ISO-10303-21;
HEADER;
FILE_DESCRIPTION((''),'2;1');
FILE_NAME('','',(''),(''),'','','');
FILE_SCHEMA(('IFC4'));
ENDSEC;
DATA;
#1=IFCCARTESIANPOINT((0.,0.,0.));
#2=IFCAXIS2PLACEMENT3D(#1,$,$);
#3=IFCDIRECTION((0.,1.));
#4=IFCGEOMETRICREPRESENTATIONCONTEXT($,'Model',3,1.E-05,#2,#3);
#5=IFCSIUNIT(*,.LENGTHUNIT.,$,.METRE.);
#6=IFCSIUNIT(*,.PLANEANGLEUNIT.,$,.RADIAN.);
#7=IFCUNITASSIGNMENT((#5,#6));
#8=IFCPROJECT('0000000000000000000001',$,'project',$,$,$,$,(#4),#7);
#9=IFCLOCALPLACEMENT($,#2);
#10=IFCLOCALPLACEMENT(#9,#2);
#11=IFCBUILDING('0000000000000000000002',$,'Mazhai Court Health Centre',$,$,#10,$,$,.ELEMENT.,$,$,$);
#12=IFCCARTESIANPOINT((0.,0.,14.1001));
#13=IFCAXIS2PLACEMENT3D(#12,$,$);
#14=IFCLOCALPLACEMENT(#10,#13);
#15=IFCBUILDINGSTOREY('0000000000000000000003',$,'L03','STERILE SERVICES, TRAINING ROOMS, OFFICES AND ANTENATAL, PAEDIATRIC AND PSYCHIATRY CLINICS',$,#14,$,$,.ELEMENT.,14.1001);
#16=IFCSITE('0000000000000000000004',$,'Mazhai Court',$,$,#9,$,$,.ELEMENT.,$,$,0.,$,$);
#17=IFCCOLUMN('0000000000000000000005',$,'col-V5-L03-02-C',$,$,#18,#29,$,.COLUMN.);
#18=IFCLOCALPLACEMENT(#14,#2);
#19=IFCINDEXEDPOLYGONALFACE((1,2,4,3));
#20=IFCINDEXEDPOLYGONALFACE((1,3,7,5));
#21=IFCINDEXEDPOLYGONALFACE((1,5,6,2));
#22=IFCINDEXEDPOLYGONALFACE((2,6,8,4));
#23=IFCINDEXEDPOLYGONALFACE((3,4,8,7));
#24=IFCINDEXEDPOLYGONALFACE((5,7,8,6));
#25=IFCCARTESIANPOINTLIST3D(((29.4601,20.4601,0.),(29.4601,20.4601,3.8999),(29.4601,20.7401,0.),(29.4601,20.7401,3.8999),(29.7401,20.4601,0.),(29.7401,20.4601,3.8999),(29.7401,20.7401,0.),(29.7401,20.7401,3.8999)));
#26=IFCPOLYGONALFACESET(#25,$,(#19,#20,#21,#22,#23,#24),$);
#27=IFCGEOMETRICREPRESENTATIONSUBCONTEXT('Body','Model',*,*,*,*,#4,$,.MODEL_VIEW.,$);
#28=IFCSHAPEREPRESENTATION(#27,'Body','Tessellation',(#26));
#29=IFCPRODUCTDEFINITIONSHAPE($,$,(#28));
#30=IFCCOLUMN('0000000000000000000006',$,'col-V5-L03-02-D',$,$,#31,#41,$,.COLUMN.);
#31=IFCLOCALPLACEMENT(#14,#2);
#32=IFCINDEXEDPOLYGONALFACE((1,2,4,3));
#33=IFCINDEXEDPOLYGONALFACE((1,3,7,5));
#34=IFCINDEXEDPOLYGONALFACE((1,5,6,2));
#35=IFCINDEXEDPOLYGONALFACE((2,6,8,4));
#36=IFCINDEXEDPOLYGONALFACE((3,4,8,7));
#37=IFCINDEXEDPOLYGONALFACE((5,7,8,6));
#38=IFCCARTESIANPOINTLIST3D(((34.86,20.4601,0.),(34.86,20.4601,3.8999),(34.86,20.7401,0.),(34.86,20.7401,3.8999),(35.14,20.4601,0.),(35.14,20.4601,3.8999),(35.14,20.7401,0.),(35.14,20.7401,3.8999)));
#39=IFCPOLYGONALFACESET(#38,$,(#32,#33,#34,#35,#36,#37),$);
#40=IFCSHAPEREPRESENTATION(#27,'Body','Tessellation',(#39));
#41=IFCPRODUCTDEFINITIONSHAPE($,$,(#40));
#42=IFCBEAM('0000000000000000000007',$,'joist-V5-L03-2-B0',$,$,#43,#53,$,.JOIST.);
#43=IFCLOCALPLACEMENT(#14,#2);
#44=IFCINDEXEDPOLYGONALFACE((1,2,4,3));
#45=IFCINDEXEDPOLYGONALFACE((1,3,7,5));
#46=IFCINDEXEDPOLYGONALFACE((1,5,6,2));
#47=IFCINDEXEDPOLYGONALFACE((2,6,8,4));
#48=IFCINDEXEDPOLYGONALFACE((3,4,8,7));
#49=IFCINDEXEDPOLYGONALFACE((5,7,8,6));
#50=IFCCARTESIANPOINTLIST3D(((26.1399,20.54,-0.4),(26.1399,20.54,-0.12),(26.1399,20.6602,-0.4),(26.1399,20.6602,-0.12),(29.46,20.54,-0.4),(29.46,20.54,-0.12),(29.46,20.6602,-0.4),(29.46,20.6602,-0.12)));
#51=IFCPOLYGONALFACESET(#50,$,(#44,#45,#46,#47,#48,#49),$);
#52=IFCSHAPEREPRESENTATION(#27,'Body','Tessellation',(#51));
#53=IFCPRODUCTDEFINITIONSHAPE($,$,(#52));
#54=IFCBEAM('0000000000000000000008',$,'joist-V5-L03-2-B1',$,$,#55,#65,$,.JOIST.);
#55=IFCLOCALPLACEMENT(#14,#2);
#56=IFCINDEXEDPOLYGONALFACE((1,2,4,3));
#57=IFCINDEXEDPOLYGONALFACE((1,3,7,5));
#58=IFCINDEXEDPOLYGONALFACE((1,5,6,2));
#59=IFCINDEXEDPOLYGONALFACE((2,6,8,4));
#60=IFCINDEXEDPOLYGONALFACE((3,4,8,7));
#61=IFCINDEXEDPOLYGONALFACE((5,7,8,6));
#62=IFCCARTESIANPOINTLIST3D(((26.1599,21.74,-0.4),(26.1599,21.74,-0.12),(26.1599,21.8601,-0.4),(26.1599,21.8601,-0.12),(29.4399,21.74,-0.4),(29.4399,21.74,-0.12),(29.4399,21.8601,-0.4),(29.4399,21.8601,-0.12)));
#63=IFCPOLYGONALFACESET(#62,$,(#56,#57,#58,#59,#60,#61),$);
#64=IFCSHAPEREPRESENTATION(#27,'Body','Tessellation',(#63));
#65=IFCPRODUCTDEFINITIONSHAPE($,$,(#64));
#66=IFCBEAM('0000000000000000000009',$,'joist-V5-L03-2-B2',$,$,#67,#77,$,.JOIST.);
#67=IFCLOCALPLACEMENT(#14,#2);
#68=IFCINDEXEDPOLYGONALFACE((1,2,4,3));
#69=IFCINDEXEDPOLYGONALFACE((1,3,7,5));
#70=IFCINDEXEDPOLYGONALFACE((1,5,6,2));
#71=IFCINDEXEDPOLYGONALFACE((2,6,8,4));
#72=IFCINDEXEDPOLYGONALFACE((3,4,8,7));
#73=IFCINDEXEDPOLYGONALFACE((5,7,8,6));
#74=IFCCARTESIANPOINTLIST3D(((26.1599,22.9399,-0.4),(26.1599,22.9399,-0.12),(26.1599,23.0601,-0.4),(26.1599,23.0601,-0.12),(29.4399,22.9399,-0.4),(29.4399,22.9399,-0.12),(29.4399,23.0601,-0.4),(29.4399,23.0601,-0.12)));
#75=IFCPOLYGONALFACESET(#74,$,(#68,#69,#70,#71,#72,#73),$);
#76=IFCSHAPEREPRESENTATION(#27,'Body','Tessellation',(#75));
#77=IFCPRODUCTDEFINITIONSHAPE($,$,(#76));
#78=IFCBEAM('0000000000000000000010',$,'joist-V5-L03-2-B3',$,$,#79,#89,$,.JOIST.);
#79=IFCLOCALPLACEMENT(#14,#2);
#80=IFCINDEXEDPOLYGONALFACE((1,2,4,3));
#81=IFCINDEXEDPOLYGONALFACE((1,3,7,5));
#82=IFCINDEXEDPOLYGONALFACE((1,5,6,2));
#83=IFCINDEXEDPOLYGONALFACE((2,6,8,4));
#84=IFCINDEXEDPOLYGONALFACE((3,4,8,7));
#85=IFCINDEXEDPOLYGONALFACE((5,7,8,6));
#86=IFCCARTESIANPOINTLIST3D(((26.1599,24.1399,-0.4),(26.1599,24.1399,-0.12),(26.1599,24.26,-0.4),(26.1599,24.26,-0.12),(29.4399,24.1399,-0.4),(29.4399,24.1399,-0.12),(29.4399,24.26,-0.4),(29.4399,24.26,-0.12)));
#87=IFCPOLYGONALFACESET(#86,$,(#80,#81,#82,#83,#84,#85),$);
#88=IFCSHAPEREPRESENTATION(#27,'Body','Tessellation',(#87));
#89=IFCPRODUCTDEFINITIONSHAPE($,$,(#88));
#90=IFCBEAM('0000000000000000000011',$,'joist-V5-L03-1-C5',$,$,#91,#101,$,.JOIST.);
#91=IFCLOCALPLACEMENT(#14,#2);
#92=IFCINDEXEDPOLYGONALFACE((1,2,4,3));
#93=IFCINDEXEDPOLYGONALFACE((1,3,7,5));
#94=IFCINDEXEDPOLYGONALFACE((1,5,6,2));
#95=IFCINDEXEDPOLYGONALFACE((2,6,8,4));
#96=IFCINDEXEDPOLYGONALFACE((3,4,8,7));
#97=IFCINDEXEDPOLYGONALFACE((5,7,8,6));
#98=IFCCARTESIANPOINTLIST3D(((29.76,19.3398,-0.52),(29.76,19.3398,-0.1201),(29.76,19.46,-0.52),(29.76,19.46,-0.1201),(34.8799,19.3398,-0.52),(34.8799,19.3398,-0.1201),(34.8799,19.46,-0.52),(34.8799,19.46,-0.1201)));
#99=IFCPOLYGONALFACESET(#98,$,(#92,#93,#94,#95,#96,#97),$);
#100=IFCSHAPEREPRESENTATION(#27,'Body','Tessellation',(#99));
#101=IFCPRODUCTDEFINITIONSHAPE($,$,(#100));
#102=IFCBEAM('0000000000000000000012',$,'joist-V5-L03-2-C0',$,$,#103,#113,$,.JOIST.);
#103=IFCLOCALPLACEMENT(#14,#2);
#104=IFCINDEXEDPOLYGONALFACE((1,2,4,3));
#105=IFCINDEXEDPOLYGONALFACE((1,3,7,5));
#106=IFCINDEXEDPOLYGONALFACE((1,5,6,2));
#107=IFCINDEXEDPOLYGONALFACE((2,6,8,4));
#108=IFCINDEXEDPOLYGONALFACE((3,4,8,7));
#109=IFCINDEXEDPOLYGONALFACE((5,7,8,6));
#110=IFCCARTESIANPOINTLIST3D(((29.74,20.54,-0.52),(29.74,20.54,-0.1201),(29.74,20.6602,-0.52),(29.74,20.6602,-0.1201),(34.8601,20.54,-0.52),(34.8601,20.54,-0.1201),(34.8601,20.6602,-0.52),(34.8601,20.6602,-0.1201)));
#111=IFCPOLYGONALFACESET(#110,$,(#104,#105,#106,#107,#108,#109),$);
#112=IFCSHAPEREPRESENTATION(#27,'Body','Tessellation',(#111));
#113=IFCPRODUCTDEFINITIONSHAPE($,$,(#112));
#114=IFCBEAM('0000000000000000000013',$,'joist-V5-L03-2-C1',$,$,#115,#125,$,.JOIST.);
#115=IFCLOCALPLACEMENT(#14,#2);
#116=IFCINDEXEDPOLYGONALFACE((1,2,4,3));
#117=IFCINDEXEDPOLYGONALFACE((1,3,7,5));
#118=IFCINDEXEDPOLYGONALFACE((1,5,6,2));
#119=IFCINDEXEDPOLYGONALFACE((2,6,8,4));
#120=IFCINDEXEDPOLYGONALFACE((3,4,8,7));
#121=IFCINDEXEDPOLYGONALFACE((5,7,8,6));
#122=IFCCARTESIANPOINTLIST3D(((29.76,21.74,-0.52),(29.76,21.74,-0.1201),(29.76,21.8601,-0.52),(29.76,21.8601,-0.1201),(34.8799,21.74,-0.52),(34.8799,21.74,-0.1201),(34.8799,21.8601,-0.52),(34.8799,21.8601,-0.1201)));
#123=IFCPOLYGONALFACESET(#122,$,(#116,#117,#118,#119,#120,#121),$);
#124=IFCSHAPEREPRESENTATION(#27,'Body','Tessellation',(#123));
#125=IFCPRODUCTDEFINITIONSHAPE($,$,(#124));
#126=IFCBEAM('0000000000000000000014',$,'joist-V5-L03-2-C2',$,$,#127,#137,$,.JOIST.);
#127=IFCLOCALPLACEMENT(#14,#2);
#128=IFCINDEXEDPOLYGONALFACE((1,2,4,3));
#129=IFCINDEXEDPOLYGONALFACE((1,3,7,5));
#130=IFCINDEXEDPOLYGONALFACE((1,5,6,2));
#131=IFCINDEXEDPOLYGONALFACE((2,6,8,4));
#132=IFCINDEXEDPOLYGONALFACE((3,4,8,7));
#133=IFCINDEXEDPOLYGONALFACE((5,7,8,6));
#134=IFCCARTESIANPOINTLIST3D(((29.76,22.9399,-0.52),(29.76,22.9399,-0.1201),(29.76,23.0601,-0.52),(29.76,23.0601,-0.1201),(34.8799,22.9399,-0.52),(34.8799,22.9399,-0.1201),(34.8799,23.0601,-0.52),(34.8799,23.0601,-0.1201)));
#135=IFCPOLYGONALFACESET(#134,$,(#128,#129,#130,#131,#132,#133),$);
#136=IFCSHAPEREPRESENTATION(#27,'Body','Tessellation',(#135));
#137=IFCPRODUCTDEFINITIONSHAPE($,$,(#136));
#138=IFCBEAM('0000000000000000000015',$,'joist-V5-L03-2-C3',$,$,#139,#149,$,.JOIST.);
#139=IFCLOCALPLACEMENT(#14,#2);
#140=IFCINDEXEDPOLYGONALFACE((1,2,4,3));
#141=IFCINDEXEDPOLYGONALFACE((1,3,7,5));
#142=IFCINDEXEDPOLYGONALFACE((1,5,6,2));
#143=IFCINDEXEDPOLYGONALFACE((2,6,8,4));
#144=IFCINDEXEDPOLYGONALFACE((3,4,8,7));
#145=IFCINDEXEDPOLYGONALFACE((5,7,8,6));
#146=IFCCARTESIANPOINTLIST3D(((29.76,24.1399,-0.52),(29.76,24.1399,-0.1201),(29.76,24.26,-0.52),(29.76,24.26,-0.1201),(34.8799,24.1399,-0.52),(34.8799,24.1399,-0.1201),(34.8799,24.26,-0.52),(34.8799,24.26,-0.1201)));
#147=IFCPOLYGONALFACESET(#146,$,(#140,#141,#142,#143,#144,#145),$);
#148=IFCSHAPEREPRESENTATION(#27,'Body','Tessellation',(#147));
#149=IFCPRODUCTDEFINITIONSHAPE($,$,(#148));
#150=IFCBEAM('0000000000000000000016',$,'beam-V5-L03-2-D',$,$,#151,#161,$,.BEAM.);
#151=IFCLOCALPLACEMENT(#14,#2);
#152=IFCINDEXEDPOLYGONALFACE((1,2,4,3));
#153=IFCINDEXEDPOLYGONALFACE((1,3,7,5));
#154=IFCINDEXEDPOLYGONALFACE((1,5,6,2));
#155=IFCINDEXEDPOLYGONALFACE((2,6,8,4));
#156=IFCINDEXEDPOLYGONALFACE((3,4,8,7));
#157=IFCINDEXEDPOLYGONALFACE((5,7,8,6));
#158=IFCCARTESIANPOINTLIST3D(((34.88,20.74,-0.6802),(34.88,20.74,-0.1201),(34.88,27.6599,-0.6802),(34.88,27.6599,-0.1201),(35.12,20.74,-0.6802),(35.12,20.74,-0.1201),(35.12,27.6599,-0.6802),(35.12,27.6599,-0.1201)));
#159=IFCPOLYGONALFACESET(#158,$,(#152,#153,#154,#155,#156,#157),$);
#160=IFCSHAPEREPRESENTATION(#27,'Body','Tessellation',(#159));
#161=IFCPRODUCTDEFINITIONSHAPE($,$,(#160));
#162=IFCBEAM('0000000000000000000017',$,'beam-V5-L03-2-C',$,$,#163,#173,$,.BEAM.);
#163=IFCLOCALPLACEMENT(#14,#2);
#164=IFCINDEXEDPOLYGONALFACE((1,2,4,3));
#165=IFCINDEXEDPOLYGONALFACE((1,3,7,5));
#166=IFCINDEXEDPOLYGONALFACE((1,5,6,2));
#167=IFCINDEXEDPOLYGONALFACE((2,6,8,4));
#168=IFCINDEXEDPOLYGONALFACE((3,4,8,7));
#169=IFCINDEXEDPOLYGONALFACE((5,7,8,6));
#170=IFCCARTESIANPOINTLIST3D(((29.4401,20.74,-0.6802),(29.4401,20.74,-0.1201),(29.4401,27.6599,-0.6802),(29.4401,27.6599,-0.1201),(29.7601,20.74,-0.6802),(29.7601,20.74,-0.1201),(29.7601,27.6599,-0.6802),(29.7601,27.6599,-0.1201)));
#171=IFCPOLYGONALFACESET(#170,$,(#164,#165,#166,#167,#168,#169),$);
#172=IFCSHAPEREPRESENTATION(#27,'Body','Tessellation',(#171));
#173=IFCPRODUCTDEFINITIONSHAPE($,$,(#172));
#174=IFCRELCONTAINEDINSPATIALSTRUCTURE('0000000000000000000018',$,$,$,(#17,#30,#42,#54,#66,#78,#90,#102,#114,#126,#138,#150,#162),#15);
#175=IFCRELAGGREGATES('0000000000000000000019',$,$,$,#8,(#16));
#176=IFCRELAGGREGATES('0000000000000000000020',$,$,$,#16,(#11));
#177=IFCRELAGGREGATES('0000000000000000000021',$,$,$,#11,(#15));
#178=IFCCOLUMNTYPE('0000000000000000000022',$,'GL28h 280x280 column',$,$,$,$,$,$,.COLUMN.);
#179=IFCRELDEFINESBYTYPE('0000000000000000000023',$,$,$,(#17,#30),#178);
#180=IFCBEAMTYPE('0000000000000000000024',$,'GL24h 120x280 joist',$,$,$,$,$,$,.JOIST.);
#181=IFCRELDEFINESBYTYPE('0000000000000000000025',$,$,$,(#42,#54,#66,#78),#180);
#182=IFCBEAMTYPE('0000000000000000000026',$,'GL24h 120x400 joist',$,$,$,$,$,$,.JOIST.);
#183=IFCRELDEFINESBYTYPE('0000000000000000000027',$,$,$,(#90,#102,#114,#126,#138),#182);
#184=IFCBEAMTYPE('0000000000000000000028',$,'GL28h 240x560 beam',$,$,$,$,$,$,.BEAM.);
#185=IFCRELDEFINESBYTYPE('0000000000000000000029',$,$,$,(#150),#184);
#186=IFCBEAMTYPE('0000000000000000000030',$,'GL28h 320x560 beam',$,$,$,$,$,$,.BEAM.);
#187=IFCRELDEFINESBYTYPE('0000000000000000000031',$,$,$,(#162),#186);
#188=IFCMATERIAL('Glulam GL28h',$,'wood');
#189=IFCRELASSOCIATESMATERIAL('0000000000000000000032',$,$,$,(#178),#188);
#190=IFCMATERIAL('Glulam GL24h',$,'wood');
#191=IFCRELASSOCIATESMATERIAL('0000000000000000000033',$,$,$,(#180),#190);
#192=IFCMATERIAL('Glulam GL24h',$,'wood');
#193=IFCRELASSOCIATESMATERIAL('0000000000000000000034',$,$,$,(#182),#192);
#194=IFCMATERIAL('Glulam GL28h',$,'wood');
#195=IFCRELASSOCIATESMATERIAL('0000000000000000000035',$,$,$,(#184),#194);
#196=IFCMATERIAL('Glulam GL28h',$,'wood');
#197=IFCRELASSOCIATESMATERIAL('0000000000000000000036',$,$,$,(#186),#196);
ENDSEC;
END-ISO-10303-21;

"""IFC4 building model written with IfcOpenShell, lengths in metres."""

from ifc_helpers import new_model, si_unit, direction, frame, origin, origin_2d, place, context, subcontext, project, spatial, rectangle, extrude, material, material_profile, profile_set, type_object, element, save


model = new_model("IFC4")

# Units and contexts
model_context = context("Model", 3, precision=1e-05, world=origin(), true_north=direction((0.0, 1.0)))
body_context = subcontext(model_context, "Body", "Model", "MODEL_VIEW")
ifc_project = project(units=[si_unit("LENGTHUNIT", "METRE"), si_unit("PLANEANGLEUNIT", "RADIAN")], contexts=[model_context])

# Site, building, storey
site_placement = place(None, origin())
site = spatial("IfcSite", under=ifc_project, at=site_placement, Name="Mazhai Court", CompositionType="ELEMENT", RefElevation=0.0)
building_placement = place(site_placement, origin())
building = spatial("IfcBuilding", under=site, at=building_placement, Name="Mazhai Court Health Centre", CompositionType="ELEMENT")
storey_placement = place(building_placement, frame((0.0, 0.0, 14.1001)))
storey = spatial("IfcBuildingStorey", under=building, at=storey_placement, Name="L03", Description="STERILE SERVICES, TRAINING ROOMS, OFFICES AND ANTENATAL, PAEDIATRIC AND PSYCHIATRY CLINICS", CompositionType="ELEMENT", Elevation=14.1001)

# Columns
ifc_material_1 = material(Name="Glulam GL28h", Category="wood")
ifc_material_profile_1 = material_profile(ifc_material_1, rectangle(XDim=0.28, YDim=0.28, at=origin_2d()), Name="GL28h 280x280")
ifc_profile_set_1 = profile_set([ifc_material_profile_1], Name="Glulam GL28h")
column_type = type_object("IfcColumnType", Name="GL28h 280x280 column", PredefinedType="COLUMN", material=ifc_profile_set_1)
for number, where, z_axis, x_axis, name in (
    (1, (29.6001, 20.6001, 0.0), (0.0, 0.0, 1.0), (1.0, 0.0, 0.0), "col-V5-L03-02-C"),
    (2, (35.0, 20.6001, 0.0), (0.0, 0.0, 1.0), (1.0, 0.0, 0.0), "col-V5-L03-02-D"),
):
    element("IfcColumn", number, at=place(storey_placement, frame(where, z_axis=z_axis, x_axis=x_axis)), inside=storey, type_object=column_type, Name=name, PredefinedType="COLUMN", context=body_context, shape_type="SweptSolid", body=[
        extrude(rectangle(XDim=0.28, YDim=0.28, at=origin_2d()), origin(), (0.0, 0.0, 1.0), 3.8999),
    ])

# Beams
ifc_material_2 = material(Name="Glulam GL24h", Category="wood")
ifc_material_profile_2 = material_profile(ifc_material_2, rectangle(XDim=0.1201, YDim=0.28, at=origin_2d()), Name="GL24h 120x280")
ifc_profile_set_2 = profile_set([ifc_material_profile_2], Name="Glulam GL24h")
beam_type_1 = type_object("IfcBeamType", Name="GL24h 120x280 joist", PredefinedType="JOIST", material=ifc_profile_set_2)
beam_1_placement = place(storey_placement, frame((26.1399, 20.6001, -0.26), z_axis=(1.0, 0.0, 0.0), x_axis=(0.0, 1.0, 0.0)))
element("IfcBeam", 3, at=beam_1_placement, inside=storey, type_object=beam_type_1, Name="joist-V5-L03-2-B0", PredefinedType="JOIST", context=body_context, shape_type="SweptSolid", body=[
    extrude(rectangle(XDim=0.1201, YDim=0.28, at=origin_2d()), origin(), (0.0, 0.0, 1.0), 3.3201),
])
for number, where, z_axis, x_axis, name in (
    (4, (26.1599, 21.8, -0.26), (1.0, 0.0, 0.0), (0.0, 1.0, 0.0), "joist-V5-L03-2-B1"),
    (5, (26.1599, 23.0, -0.26), (1.0, 0.0, 0.0), (0.0, 1.0, 0.0), "joist-V5-L03-2-B2"),
    (6, (26.1599, 24.2, -0.26), (1.0, 0.0, 0.0), (0.0, 1.0, 0.0), "joist-V5-L03-2-B3"),
):
    element("IfcBeam", number, at=place(storey_placement, frame(where, z_axis=z_axis, x_axis=x_axis)), inside=storey, type_object=beam_type_1, Name=name, PredefinedType="JOIST", context=body_context, shape_type="SweptSolid", body=[
        extrude(rectangle(XDim=0.1201, YDim=0.28, at=origin_2d()), origin(), (0.0, 0.0, 1.0), 3.28),
    ])
ifc_material_3 = material(Name="Glulam GL24h", Category="wood")
ifc_material_profile_3 = material_profile(ifc_material_3, rectangle(XDim=0.1201, YDim=0.3999, at=origin_2d()), Name="GL24h 120x400")
ifc_profile_set_3 = profile_set([ifc_material_profile_3], Name="Glulam GL24h")
beam_type_2 = type_object("IfcBeamType", Name="GL24h 120x400 joist", PredefinedType="JOIST", material=ifc_profile_set_3)
beam_2_placement = place(storey_placement, frame((29.76, 19.3999, -0.3201), z_axis=(1.0, 0.0, 0.0), x_axis=(0.0, 1.0, 0.0)))
element("IfcBeam", 7, at=beam_2_placement, inside=storey, type_object=beam_type_2, Name="joist-V5-L03-1-C5", PredefinedType="JOIST", context=body_context, shape_type="SweptSolid", body=[
    extrude(rectangle(XDim=0.1201, YDim=0.3999, at=origin_2d()), origin(), (0.0, 0.0, 1.0), 5.1199),
])
beam_3_placement = place(storey_placement, frame((29.74, 20.6001, -0.3201), z_axis=(1.0, 0.0, 0.0), x_axis=(0.0, 1.0, 0.0)))
element("IfcBeam", 8, at=beam_3_placement, inside=storey, type_object=beam_type_2, Name="joist-V5-L03-2-C0", PredefinedType="JOIST", context=body_context, shape_type="SweptSolid", body=[
    extrude(rectangle(XDim=0.1201, YDim=0.3999, at=origin_2d()), origin(), (0.0, 0.0, 1.0), 5.1201),
])
for number, where, z_axis, x_axis, name in (
    (9, (29.76, 21.8, -0.3201), (1.0, 0.0, 0.0), (0.0, 1.0, 0.0), "joist-V5-L03-2-C1"),
    (10, (29.76, 23.0, -0.3201), (1.0, 0.0, 0.0), (0.0, 1.0, 0.0), "joist-V5-L03-2-C2"),
    (11, (29.76, 24.2, -0.3201), (1.0, 0.0, 0.0), (0.0, 1.0, 0.0), "joist-V5-L03-2-C3"),
):
    element("IfcBeam", number, at=place(storey_placement, frame(where, z_axis=z_axis, x_axis=x_axis)), inside=storey, type_object=beam_type_2, Name=name, PredefinedType="JOIST", context=body_context, shape_type="SweptSolid", body=[
        extrude(rectangle(XDim=0.1201, YDim=0.3999, at=origin_2d()), origin(), (0.0, 0.0, 1.0), 5.1199),
    ])
ifc_material_4 = material(Name="Glulam GL28h", Category="wood")
ifc_material_profile_4 = material_profile(ifc_material_4, rectangle(XDim=0.24, YDim=0.5601, at=origin_2d()), Name="GL28h 240x560")
ifc_profile_set_4 = profile_set([ifc_material_profile_4], Name="Glulam GL28h")
beam_type_3 = type_object("IfcBeamType", Name="GL28h 240x560 beam", PredefinedType="BEAM", material=ifc_profile_set_4)
beam_4_placement = place(storey_placement, frame((35.0, 20.74, -0.4001), z_axis=(0.0, 1.0, 0.0), x_axis=(-1.0, 0.0, 0.0)))
element("IfcBeam", 12, at=beam_4_placement, inside=storey, type_object=beam_type_3, Name="beam-V5-L03-2-D", PredefinedType="BEAM", context=body_context, shape_type="SweptSolid", body=[
    extrude(rectangle(XDim=0.24, YDim=0.5601, at=origin_2d()), origin(), (0.0, 0.0, 1.0), 6.9199),
])
ifc_material_5 = material(Name="Glulam GL28h", Category="wood")
ifc_material_profile_5 = material_profile(ifc_material_5, rectangle(XDim=0.3201, YDim=0.5601, at=origin_2d()), Name="GL28h 320x560")
ifc_profile_set_5 = profile_set([ifc_material_profile_5], Name="Glulam GL28h")
beam_type_4 = type_object("IfcBeamType", Name="GL28h 320x560 beam", PredefinedType="BEAM", material=ifc_profile_set_5)
beam_5_placement = place(storey_placement, frame((29.6001, 20.74, -0.4001), z_axis=(0.0, 1.0, 0.0), x_axis=(-1.0, 0.0, 0.0)))
element("IfcBeam", 13, at=beam_5_placement, inside=storey, type_object=beam_type_4, Name="beam-V5-L03-2-C", PredefinedType="BEAM", context=body_context, shape_type="SweptSolid", body=[
    extrude(rectangle(XDim=0.3201, YDim=0.5601, at=origin_2d()), origin(), (0.0, 0.0, 1.0), 6.9199),
])

save(model, "model.ifc")
